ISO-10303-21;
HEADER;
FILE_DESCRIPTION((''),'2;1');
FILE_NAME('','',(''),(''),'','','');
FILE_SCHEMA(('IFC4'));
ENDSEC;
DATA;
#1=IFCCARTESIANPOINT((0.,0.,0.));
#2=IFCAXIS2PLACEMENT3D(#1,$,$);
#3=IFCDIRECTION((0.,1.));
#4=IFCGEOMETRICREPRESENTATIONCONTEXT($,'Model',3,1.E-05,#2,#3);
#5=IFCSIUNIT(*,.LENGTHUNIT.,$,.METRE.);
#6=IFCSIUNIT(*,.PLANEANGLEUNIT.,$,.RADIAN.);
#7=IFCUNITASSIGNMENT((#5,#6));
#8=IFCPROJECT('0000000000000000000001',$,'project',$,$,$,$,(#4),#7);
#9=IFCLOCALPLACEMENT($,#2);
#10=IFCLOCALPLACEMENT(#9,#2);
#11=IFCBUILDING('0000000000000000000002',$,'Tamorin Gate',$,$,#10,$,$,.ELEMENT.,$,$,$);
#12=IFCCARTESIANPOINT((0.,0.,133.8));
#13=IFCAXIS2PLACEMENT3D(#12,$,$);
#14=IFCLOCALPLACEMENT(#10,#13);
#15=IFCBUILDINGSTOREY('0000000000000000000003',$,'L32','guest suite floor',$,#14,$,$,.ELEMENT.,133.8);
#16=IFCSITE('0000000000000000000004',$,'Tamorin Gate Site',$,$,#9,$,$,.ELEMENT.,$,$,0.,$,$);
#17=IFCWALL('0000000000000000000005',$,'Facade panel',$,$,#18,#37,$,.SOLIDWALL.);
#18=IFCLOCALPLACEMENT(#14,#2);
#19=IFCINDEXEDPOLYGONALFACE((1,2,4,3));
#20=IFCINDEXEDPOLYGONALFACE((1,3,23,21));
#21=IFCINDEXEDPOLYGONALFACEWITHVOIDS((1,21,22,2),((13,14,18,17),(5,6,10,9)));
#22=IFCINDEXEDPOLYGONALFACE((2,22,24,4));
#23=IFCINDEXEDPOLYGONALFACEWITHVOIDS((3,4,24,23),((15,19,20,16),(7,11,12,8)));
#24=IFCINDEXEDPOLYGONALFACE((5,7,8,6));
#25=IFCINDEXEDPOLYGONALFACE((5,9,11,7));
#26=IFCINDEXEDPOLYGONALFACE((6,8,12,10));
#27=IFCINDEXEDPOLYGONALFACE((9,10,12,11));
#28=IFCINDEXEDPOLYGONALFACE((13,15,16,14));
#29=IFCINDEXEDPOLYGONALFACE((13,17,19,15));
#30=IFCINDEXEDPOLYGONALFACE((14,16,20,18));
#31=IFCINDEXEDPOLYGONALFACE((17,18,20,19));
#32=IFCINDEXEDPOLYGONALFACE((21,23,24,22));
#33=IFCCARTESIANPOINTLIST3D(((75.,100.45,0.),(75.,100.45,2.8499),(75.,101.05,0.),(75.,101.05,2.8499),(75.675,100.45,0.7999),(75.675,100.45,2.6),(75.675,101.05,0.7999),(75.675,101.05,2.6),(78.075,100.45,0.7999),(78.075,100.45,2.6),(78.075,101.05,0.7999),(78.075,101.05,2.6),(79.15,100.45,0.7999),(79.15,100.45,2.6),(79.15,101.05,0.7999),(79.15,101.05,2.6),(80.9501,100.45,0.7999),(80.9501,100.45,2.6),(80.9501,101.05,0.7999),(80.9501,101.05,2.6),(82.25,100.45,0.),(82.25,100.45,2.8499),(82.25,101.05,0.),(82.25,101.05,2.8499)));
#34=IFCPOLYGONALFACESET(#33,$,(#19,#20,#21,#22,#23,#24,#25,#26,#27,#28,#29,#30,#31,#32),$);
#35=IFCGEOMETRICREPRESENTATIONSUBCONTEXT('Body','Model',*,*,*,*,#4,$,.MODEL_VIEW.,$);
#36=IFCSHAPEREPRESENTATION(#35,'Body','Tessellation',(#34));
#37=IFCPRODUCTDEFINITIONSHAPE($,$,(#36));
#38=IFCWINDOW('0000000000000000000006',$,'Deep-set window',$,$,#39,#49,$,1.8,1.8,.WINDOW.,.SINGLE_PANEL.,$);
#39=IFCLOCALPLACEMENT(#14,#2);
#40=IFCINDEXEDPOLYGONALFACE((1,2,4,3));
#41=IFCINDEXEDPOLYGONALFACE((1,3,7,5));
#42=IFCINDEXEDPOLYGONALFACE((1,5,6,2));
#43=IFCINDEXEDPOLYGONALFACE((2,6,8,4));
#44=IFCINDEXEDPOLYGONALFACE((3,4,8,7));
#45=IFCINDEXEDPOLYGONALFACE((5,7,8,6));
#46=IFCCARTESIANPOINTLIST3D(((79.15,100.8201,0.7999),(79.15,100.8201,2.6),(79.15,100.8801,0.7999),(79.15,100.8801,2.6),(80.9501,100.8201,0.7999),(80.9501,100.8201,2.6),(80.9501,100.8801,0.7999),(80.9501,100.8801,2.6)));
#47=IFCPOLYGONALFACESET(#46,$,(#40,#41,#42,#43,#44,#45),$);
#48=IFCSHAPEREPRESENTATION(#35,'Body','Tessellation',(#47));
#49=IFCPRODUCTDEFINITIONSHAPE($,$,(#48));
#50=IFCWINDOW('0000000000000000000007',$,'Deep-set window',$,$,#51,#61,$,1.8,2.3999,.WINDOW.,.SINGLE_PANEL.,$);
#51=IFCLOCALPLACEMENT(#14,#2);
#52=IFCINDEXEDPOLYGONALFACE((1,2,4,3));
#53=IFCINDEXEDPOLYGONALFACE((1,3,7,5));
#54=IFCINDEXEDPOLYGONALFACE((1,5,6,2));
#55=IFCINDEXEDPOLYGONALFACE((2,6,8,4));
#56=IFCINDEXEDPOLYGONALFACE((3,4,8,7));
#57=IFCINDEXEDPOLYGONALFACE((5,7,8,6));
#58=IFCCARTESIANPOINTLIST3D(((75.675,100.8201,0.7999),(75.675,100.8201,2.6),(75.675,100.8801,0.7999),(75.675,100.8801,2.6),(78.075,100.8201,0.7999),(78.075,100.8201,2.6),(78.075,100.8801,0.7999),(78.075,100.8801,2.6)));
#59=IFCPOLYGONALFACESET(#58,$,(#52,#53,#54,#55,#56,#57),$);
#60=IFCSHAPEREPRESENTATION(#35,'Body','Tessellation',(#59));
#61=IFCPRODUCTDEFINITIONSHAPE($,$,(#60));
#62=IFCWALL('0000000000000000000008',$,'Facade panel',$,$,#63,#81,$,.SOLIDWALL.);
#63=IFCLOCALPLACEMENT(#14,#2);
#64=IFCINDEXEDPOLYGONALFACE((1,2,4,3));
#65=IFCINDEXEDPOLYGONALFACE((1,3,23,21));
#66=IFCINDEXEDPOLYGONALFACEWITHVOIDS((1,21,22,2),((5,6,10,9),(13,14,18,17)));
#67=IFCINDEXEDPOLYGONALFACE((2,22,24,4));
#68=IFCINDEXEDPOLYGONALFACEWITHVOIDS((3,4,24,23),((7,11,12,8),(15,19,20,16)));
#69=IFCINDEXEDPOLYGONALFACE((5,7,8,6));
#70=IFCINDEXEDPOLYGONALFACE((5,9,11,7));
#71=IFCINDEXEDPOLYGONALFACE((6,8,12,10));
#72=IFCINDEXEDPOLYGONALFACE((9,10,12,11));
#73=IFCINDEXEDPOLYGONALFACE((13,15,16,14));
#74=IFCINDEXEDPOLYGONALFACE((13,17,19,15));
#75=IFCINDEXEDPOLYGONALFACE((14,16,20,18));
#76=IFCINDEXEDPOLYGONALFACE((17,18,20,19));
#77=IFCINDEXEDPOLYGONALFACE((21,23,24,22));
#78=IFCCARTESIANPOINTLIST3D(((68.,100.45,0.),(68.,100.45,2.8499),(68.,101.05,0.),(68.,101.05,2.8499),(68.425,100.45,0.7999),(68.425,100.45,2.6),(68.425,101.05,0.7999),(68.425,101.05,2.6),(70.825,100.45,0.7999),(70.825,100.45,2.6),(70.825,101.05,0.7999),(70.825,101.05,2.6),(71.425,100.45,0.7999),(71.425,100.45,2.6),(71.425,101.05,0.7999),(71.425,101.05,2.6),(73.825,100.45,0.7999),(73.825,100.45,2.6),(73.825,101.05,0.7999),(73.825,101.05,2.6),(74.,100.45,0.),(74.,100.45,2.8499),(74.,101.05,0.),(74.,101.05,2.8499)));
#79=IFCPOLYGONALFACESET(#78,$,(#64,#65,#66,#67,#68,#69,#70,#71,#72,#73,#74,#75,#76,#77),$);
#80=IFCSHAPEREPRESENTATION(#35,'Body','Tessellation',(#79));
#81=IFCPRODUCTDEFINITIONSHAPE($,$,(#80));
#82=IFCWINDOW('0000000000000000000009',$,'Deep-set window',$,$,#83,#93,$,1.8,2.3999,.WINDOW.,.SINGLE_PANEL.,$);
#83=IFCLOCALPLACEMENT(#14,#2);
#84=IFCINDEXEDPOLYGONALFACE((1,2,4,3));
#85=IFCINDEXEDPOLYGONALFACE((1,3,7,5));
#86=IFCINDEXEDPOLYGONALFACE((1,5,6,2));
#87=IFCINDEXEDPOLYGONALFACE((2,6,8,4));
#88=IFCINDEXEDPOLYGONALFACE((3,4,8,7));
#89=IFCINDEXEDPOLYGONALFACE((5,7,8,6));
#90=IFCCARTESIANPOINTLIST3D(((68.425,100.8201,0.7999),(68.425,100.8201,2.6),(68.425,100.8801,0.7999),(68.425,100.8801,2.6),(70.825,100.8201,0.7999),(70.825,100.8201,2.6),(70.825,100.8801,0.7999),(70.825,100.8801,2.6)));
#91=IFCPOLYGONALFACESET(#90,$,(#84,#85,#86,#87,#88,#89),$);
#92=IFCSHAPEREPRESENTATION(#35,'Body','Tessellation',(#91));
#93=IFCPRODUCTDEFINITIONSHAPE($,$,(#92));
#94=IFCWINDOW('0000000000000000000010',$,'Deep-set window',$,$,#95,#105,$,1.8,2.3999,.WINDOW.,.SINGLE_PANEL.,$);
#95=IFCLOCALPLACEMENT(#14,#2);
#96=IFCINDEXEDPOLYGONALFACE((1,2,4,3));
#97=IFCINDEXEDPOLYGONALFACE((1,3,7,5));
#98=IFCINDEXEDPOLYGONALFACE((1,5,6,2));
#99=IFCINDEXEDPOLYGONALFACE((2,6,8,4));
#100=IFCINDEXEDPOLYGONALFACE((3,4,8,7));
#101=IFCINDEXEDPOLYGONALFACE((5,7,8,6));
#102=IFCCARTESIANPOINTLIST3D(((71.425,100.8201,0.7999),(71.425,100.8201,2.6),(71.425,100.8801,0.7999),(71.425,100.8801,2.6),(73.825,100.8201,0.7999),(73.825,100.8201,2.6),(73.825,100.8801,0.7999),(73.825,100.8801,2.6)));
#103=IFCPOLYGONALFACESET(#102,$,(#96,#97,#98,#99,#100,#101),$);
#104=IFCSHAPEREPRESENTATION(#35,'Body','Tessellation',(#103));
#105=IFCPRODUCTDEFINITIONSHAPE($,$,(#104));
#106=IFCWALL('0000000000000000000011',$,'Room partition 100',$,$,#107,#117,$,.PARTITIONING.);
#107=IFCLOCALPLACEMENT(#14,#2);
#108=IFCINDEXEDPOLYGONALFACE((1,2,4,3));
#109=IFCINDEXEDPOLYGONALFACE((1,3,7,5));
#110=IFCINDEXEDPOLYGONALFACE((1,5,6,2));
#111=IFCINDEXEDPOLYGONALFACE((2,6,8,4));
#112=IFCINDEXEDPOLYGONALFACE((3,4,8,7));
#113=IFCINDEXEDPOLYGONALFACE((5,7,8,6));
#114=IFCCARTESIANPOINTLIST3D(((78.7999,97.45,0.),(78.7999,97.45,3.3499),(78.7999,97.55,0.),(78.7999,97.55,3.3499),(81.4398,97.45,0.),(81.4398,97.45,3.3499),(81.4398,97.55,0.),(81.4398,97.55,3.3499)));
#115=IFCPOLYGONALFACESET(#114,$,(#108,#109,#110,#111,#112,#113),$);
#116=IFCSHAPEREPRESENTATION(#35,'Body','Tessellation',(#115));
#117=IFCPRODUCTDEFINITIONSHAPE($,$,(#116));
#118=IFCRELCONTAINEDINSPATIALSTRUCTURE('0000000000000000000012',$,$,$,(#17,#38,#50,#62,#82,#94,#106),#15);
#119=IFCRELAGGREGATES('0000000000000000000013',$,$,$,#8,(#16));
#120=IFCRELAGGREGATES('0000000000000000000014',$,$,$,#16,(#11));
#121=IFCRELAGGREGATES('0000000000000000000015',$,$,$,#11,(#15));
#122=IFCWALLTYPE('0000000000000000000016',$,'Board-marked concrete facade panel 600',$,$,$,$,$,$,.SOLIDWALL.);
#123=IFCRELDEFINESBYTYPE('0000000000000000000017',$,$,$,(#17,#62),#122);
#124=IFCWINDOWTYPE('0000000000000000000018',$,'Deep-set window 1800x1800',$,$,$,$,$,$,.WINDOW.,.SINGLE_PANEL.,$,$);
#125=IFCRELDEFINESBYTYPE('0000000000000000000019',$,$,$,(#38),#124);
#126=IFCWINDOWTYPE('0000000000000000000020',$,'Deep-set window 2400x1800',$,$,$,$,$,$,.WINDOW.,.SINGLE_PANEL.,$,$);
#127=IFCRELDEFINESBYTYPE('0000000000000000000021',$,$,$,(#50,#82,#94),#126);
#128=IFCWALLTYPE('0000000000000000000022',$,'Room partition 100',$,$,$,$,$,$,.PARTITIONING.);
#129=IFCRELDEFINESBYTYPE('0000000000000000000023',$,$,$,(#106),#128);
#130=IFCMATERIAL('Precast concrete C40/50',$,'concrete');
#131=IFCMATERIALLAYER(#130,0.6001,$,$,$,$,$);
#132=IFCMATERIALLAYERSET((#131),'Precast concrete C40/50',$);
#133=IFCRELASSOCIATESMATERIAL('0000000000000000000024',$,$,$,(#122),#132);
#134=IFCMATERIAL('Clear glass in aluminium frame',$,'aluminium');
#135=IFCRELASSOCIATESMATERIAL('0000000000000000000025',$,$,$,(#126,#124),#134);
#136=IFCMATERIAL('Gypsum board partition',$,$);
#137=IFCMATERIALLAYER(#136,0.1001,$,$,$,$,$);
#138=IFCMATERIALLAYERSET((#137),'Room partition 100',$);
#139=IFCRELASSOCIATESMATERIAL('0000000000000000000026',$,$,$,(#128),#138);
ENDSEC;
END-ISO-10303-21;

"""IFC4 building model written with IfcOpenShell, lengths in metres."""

from ifc_helpers import new_model, si_unit, direction, frame, frame_2d, origin, place, context, subcontext, project, spatial, rectangle, extrude, material, layer, layer_set, type_object, element, fill, save


model = new_model("IFC4")

# Units and contexts
model_context = context("Model", 3, precision=1e-05, world=origin(), true_north=direction((0.0, 1.0)))
body_context = subcontext(model_context, "Body", "Model", "MODEL_VIEW")
ifc_project = project(units=[si_unit("LENGTHUNIT", "METRE"), si_unit("PLANEANGLEUNIT", "RADIAN")], contexts=[model_context])

# Site, building, storey
site_placement = place(None, origin())
site = spatial("IfcSite", under=ifc_project, at=site_placement, Name="Tamorin Gate Site", CompositionType="ELEMENT", RefElevation=0.0)
building_placement = place(site_placement, origin())
building = spatial("IfcBuilding", under=site, at=building_placement, Name="Tamorin Gate", CompositionType="ELEMENT")
storey_placement = place(building_placement, frame((0.0, 0.0, 133.8)))
storey = spatial("IfcBuildingStorey", under=building, at=storey_placement, Name="L32", Description="guest suite floor", CompositionType="ELEMENT", Elevation=133.8)

# Shared definitions
ifc_material_1 = material(Name="Precast concrete C40/50", Category="concrete")
ifc_layer_1 = layer(ifc_material_1, 0.6001)
ifc_layer_set_1 = layer_set([ifc_layer_1], Name="Precast concrete C40/50")
wall_type_1 = type_object("IfcWallType", Name="Board-marked concrete facade panel 600", PredefinedType="SOLIDWALL", material=ifc_layer_set_1)
ifc_material_2 = material(Name="Clear glass in aluminium frame", Category="aluminium")
window_type_1 = type_object("IfcWindowType", Name="Deep-set window 2400x1800", PartitioningType="SINGLE_PANEL", PredefinedType="WINDOW", material=ifc_material_2)

# Walls, openings, windows
wall_1_placement = place(storey_placement, frame((82.25, 100.75, 0.0), z_axis=(0.0, 0.0, 1.0), x_axis=(-1.0, 0.0, 0.0)))
wall_1 = element("IfcWall", 1, at=wall_1_placement, inside=storey, type_object=wall_type_1, Name="Facade panel", PredefinedType="SOLIDWALL", context=body_context, shape_type="SweptSolid", body=[
    extrude(rectangle(XDim=7.25, YDim=0.6001, at=frame_2d((3.625, 0.0))), origin(), (0.0, 0.0, 1.0), 2.8499),
])
opening_1_placement = place(wall_1_placement, frame((4.175, 0.0, 0.8)))
opening_1 = element("IfcOpeningElement", 2, at=opening_1_placement, cuts=wall_1, PredefinedType="OPENING", context=body_context, shape_type="SweptSolid", body=[
    extrude(rectangle(XDim=2.3999, YDim=1.8, at=frame_2d((1.2, 0.8999))), frame((0.0, 0.3101, 0.0), z_axis=(0.0, -1.0, 0.0), x_axis=(1.0, 0.0, 0.0)), (0.0, 0.0, 1.0), 0.6201),
])
opening_2_placement = place(wall_1_placement, frame((1.3, 0.0, 0.8)))
opening_2 = element("IfcOpeningElement", 3, at=opening_2_placement, cuts=wall_1, PredefinedType="OPENING", context=body_context, shape_type="SweptSolid", body=[
    extrude(rectangle(XDim=1.8, YDim=1.8, at=frame_2d((0.8999, 0.8999))), frame((0.0, 0.3101, 0.0), z_axis=(0.0, -1.0, 0.0), x_axis=(1.0, 0.0, 0.0)), (0.0, 0.0, 1.0), 0.6201),
])
window_type_2 = type_object("IfcWindowType", Name="Deep-set window 1800x1800", PartitioningType="SINGLE_PANEL", PredefinedType="WINDOW", material=ifc_material_2)
window_1_placement = place(opening_2_placement, origin())
window_1 = element("IfcWindow", 4, at=window_1_placement, inside=storey, type_object=window_type_2, Name="Deep-set window", OverallHeight=1.8, OverallWidth=1.8, PartitioningType="SINGLE_PANEL", PredefinedType="WINDOW", context=body_context, shape_type="SweptSolid", body=[
    extrude(rectangle(XDim=1.8, YDim=1.8, at=frame_2d((0.8999, 0.8999))), frame((0.0, -0.0701, 0.0), z_axis=(0.0, -1.0, 0.0), x_axis=(1.0, 0.0, 0.0)), (0.0, 0.0, 1.0), 0.0601),
])
fill(opening_2, window_1)
window_2_placement = place(opening_1_placement, origin())
window_2 = element("IfcWindow", 5, at=window_2_placement, inside=storey, type_object=window_type_1, Name="Deep-set window", OverallHeight=1.8, OverallWidth=2.3999, PartitioningType="SINGLE_PANEL", PredefinedType="WINDOW", context=body_context, shape_type="SweptSolid", body=[
    extrude(rectangle(XDim=2.3999, YDim=1.8, at=frame_2d((1.2, 0.8999))), frame((0.0, -0.0701, 0.0), z_axis=(0.0, -1.0, 0.0), x_axis=(1.0, 0.0, 0.0)), (0.0, 0.0, 1.0), 0.0601),
])
fill(opening_1, window_2)
wall_2_placement = place(storey_placement, frame((74.0, 100.75, 0.0), z_axis=(0.0, 0.0, 1.0), x_axis=(-1.0, 0.0, 0.0)))
wall_2 = element("IfcWall", 6, at=wall_2_placement, inside=storey, type_object=wall_type_1, Name="Facade panel", PredefinedType="SOLIDWALL", context=body_context, shape_type="SweptSolid", body=[
    extrude(rectangle(XDim=6.0, YDim=0.6001, at=frame_2d((3.0, 0.0))), origin(), (0.0, 0.0, 1.0), 2.8499),
])
opening_3_placement = place(wall_2_placement, frame((3.175, 0.0, 0.8)))
opening_3 = element("IfcOpeningElement", 7, at=opening_3_placement, cuts=wall_2, PredefinedType="OPENING", context=body_context, shape_type="SweptSolid", body=[
    extrude(rectangle(XDim=2.3999, YDim=1.8, at=frame_2d((1.2, 0.8999))), frame((0.0, 0.3101, 0.0), z_axis=(0.0, -1.0, 0.0), x_axis=(1.0, 0.0, 0.0)), (0.0, 0.0, 1.0), 0.6201),
])
opening_4_placement = place(wall_2_placement, frame((0.175, 0.0, 0.8)))
opening_4 = element("IfcOpeningElement", 8, at=opening_4_placement, cuts=wall_2, PredefinedType="OPENING", context=body_context, shape_type="SweptSolid", body=[
    extrude(rectangle(XDim=2.3999, YDim=1.8, at=frame_2d((1.2, 0.8999))), frame((0.0, 0.3101, 0.0), z_axis=(0.0, -1.0, 0.0), x_axis=(1.0, 0.0, 0.0)), (0.0, 0.0, 1.0), 0.6201),
])
window_3_placement = place(opening_3_placement, origin())
window_3 = element("IfcWindow", 9, at=window_3_placement, inside=storey, type_object=window_type_1, Name="Deep-set window", OverallHeight=1.8, OverallWidth=2.3999, PartitioningType="SINGLE_PANEL", PredefinedType="WINDOW", context=body_context, shape_type="SweptSolid", body=[
    extrude(rectangle(XDim=2.3999, YDim=1.8, at=frame_2d((1.2, 0.8999))), frame((0.0, -0.0701, 0.0), z_axis=(0.0, -1.0, 0.0), x_axis=(1.0, 0.0, 0.0)), (0.0, 0.0, 1.0), 0.0601),
])
fill(opening_3, window_3)
window_4_placement = place(opening_4_placement, origin())
window_4 = element("IfcWindow", 10, at=window_4_placement, inside=storey, type_object=window_type_1, Name="Deep-set window", OverallHeight=1.8, OverallWidth=2.3999, PartitioningType="SINGLE_PANEL", PredefinedType="WINDOW", context=body_context, shape_type="SweptSolid", body=[
    extrude(rectangle(XDim=2.3999, YDim=1.8, at=frame_2d((1.2, 0.8999))), frame((0.0, -0.0701, 0.0), z_axis=(0.0, -1.0, 0.0), x_axis=(1.0, 0.0, 0.0)), (0.0, 0.0, 1.0), 0.0601),
])
fill(opening_4, window_4)

# Wall
ifc_material_3 = material(Name="Gypsum board partition")
ifc_layer_2 = layer(ifc_material_3, 0.1001)
ifc_layer_set_2 = layer_set([ifc_layer_2], Name="Room partition 100")
wall_type_2 = type_object("IfcWallType", Name="Room partition 100", PredefinedType="PARTITIONING", material=ifc_layer_set_2)
wall_3_placement = place(storey_placement, frame((78.8, 97.5, 0.0), z_axis=(0.0, 0.0, 1.0), x_axis=(1.0, 0.0, 0.0)))
element("IfcWall", 11, at=wall_3_placement, inside=storey, type_object=wall_type_2, Name="Room partition 100", PredefinedType="PARTITIONING", context=body_context, shape_type="SweptSolid", body=[
    extrude(rectangle(XDim=2.6399, YDim=0.1001, at=frame_2d((1.3198, 0.0))), origin(), (0.0, 0.0, 1.0), 3.3499),
])

save(model, "model.ifc")
